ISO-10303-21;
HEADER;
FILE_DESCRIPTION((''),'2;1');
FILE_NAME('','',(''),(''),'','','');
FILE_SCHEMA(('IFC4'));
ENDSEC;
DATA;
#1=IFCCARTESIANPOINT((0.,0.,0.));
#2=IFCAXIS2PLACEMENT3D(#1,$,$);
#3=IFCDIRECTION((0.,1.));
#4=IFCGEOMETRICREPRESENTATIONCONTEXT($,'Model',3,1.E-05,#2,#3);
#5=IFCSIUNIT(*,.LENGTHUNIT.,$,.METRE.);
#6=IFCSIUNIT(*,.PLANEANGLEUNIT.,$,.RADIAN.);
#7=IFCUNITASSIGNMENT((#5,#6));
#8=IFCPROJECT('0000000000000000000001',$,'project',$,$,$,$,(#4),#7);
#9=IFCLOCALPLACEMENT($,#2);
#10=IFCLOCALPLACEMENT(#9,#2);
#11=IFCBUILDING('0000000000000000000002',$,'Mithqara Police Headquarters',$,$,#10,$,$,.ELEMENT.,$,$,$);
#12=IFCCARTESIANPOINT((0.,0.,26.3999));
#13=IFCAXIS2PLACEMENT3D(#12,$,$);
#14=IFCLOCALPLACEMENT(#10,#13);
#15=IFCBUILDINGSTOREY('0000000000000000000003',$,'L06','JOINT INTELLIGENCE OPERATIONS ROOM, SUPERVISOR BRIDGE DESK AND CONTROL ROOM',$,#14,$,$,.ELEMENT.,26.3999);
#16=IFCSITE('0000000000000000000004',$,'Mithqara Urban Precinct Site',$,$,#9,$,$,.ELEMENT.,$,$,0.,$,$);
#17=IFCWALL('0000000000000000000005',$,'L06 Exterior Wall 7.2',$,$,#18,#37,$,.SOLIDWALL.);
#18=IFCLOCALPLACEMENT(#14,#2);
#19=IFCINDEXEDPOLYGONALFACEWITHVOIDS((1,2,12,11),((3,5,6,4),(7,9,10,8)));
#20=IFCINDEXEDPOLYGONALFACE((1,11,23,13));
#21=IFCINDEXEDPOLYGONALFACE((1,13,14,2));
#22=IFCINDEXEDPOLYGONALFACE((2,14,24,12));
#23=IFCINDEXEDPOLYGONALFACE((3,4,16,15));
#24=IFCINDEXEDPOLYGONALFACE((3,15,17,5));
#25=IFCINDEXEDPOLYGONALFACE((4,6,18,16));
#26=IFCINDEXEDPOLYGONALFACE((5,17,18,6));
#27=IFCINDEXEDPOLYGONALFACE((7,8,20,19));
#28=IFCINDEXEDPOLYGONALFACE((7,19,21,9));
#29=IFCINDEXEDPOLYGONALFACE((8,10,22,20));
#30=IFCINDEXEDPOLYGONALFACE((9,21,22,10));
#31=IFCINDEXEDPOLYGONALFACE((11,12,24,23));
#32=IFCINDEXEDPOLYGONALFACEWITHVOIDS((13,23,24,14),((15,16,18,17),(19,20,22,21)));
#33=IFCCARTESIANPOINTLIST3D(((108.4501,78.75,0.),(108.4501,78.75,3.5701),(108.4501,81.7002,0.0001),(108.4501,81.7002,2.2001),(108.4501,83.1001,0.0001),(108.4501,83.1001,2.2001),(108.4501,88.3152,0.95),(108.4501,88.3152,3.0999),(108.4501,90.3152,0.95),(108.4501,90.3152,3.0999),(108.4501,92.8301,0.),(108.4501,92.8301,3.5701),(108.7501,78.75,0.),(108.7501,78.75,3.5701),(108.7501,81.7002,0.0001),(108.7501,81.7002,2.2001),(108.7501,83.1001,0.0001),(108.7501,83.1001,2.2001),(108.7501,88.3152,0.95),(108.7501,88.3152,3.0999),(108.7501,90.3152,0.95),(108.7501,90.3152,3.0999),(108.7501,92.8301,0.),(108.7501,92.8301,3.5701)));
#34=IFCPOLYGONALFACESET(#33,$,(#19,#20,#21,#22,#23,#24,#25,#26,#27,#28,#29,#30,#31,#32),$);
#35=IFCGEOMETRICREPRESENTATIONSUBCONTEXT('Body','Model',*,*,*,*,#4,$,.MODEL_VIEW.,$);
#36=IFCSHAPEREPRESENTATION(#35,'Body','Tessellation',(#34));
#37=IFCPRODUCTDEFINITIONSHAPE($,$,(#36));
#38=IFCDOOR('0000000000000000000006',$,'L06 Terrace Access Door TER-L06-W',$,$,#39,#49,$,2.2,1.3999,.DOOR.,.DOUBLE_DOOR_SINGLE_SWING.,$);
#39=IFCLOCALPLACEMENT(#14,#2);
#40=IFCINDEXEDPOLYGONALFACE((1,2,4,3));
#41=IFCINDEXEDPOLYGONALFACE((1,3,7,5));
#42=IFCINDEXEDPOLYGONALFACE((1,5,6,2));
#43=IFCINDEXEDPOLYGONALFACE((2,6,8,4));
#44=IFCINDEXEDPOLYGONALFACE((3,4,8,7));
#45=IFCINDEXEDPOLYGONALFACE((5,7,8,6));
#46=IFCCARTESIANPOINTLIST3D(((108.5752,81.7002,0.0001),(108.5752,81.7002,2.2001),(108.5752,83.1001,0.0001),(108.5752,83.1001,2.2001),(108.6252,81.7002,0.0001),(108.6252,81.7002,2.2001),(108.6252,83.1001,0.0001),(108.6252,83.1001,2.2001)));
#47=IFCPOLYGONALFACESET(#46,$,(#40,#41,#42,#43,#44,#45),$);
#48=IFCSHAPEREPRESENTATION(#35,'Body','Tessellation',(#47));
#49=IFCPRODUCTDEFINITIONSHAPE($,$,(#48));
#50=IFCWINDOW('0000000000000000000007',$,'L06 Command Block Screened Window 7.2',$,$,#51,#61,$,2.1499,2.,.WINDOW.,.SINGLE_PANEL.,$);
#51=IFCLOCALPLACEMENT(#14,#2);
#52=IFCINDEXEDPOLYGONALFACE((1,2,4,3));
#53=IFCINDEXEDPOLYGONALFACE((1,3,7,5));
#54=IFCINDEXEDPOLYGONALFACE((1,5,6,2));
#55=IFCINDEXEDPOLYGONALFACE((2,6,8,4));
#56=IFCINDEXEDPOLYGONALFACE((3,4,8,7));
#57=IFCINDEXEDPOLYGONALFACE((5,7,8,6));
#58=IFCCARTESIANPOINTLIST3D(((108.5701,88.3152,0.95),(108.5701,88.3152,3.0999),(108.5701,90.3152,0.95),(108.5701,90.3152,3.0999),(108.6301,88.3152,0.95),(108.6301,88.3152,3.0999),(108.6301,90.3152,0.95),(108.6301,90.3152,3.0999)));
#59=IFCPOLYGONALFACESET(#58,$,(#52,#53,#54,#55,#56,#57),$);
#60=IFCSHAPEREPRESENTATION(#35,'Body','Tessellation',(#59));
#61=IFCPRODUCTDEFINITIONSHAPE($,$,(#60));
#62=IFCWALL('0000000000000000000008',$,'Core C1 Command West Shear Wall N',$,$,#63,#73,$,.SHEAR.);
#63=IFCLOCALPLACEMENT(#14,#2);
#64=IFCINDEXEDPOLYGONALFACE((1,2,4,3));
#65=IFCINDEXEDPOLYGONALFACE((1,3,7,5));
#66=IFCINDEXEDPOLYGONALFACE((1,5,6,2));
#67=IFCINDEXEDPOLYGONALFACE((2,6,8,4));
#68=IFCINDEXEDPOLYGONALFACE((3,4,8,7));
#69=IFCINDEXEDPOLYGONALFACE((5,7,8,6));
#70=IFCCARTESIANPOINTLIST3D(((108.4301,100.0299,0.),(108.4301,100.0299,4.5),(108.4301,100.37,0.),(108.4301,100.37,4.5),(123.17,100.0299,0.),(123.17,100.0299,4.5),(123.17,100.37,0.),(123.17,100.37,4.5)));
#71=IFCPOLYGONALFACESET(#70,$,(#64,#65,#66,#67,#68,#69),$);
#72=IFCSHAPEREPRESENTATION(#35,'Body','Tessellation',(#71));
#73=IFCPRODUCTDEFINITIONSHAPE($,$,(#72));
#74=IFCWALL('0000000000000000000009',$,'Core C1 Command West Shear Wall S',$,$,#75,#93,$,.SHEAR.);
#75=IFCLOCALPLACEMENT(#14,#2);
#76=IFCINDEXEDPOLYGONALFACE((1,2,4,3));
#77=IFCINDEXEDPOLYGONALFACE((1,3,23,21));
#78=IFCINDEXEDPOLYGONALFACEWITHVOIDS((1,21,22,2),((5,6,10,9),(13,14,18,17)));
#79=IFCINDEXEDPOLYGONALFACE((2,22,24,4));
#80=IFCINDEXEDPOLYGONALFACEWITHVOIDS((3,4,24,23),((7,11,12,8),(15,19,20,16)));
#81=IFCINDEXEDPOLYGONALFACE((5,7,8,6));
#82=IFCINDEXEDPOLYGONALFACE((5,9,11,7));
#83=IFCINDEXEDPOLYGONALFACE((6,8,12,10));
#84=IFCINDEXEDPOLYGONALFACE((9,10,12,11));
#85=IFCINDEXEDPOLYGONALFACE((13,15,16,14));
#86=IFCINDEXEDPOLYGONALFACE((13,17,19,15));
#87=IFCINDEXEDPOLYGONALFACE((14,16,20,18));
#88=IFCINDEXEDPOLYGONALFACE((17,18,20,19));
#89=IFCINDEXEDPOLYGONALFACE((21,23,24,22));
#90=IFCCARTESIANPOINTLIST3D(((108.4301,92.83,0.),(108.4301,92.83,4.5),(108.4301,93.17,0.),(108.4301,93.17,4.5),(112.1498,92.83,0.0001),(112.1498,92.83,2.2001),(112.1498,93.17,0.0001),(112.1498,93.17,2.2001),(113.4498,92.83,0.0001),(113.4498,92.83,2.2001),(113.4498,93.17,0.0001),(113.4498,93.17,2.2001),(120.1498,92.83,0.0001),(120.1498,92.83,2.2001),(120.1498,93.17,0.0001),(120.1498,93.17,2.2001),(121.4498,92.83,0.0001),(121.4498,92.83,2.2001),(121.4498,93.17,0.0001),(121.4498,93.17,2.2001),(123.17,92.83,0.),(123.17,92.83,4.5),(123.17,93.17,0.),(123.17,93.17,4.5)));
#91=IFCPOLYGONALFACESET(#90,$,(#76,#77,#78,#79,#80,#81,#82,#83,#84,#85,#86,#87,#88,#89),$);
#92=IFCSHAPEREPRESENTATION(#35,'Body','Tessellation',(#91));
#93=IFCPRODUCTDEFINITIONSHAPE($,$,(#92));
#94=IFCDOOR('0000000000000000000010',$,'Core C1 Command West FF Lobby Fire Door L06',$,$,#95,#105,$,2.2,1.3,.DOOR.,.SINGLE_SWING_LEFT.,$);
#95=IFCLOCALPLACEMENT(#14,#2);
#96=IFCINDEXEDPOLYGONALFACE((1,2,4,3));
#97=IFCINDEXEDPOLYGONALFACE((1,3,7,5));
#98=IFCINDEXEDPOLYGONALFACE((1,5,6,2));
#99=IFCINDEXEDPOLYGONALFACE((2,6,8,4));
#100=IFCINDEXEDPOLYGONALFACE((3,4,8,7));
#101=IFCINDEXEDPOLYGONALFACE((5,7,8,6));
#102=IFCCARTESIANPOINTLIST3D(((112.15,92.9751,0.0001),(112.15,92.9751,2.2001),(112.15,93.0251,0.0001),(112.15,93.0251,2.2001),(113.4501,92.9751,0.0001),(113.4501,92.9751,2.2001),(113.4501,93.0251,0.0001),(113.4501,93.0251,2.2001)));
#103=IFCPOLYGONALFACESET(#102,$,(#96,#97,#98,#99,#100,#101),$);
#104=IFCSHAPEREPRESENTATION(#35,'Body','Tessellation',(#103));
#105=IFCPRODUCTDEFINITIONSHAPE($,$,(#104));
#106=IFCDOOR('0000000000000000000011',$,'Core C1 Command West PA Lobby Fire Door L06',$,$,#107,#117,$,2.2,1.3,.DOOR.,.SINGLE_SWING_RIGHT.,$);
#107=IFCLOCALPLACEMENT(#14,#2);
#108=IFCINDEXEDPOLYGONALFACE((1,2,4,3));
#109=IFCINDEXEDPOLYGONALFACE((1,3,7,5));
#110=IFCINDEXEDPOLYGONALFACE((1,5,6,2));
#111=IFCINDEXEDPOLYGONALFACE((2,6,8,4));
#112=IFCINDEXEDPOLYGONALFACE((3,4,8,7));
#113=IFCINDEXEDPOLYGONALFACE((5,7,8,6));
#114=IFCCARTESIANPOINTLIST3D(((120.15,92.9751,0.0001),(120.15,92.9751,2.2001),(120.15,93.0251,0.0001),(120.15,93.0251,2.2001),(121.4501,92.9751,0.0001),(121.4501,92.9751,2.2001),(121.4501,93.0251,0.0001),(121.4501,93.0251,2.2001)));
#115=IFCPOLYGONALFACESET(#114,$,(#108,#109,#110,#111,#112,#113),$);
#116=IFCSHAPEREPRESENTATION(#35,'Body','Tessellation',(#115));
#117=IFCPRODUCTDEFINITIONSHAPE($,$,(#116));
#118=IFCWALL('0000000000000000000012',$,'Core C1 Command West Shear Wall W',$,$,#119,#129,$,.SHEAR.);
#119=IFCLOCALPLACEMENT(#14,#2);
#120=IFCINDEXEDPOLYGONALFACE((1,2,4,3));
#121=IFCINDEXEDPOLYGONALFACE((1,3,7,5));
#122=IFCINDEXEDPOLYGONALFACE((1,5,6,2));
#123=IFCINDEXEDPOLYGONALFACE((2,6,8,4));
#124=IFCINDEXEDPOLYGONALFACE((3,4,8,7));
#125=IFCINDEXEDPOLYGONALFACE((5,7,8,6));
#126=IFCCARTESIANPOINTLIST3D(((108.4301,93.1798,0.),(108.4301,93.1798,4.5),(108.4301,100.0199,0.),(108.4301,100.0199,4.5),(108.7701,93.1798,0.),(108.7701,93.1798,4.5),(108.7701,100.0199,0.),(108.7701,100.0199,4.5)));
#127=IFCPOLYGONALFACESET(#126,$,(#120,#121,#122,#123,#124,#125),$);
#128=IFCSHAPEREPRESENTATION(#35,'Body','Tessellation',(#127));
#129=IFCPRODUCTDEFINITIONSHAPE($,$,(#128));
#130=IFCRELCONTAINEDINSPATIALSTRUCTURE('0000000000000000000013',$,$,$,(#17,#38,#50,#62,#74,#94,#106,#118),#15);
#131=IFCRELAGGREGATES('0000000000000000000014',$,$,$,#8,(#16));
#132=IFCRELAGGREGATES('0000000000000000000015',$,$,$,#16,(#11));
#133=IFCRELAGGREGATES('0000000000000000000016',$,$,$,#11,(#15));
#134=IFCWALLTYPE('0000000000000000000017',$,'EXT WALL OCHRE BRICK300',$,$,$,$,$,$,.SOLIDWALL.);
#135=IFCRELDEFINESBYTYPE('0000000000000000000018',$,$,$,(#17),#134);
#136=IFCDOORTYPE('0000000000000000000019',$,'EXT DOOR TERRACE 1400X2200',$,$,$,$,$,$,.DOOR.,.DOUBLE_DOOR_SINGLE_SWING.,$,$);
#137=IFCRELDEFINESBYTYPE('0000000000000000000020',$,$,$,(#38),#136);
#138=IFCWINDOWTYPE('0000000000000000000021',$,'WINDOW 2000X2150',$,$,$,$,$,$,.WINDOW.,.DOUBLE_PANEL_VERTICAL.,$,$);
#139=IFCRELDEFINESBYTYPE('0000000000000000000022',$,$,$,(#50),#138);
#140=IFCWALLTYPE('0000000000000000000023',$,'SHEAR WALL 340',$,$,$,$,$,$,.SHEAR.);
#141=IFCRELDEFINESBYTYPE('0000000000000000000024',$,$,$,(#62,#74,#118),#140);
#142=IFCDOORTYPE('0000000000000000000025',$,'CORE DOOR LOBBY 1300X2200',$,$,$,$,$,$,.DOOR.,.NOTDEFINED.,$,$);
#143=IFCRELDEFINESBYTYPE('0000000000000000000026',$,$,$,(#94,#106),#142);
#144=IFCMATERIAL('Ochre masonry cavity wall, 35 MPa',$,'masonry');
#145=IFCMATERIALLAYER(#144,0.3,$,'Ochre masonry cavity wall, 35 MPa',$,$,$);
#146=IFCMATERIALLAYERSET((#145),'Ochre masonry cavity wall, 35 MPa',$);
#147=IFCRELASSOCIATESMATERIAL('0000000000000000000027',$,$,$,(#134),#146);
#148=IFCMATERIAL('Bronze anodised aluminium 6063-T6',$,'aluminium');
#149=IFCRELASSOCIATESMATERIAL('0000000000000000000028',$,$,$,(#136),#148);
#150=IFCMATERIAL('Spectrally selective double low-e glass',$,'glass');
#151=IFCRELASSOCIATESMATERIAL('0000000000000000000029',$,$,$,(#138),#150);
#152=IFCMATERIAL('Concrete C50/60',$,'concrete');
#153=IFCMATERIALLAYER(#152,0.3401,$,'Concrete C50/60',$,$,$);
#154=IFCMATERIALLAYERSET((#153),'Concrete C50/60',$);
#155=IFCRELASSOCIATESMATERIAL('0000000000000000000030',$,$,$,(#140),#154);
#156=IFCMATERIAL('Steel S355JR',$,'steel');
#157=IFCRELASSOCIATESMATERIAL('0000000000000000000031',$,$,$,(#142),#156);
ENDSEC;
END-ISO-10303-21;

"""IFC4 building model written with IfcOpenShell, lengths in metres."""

from ifc_helpers import new_model, si_unit, direction, frame, frame_2d, origin, place, context, subcontext, project, spatial, rectangle, extrude, material, layer, layer_set, type_object, element, fill, save


model = new_model("IFC4")

# Units and contexts
model_context = context("Model", 3, precision=1e-05, world=origin(), true_north=direction((0.0, 1.0)))
body_context = subcontext(model_context, "Body", "Model", "MODEL_VIEW")
ifc_project = project(units=[si_unit("LENGTHUNIT", "METRE"), si_unit("PLANEANGLEUNIT", "RADIAN")], contexts=[model_context])

# Site, building, storey
site_placement = place(None, origin())
site = spatial("IfcSite", under=ifc_project, at=site_placement, Name="Mithqara Urban Precinct Site", CompositionType="ELEMENT", RefElevation=0.0)
building_placement = place(site_placement, origin())
building = spatial("IfcBuilding", under=site, at=building_placement, Name="Mithqara Police Headquarters", CompositionType="ELEMENT")
storey_placement = place(building_placement, frame((0.0, 0.0, 26.3999)))
storey = spatial("IfcBuildingStorey", under=building, at=storey_placement, Name="L06", Description="JOINT INTELLIGENCE OPERATIONS ROOM, SUPERVISOR BRIDGE DESK AND CONTROL ROOM", CompositionType="ELEMENT", Elevation=26.3999)

# Shared definitions
ifc_material_1 = material(Name="Steel S355JR", Category="steel")

# Wall, openings, door, window
ifc_material_2 = material(Name="Ochre masonry cavity wall, 35 MPa", Category="masonry")
ifc_layer_1 = layer(ifc_material_2, 0.3, Name="Ochre masonry cavity wall, 35 MPa")
ifc_layer_set_1 = layer_set([ifc_layer_1], Name="Ochre masonry cavity wall, 35 MPa")
wall_type_1 = type_object("IfcWallType", Name="EXT WALL OCHRE BRICK300", PredefinedType="SOLIDWALL", material=ifc_layer_set_1)
wall_1_placement = place(storey_placement, frame((108.6001, 92.8301, 0.0), z_axis=(0.0, 0.0, 1.0), x_axis=(0.0, -1.0, 0.0)))
wall_1 = element("IfcWall", 1, at=wall_1_placement, inside=storey, type_object=wall_type_1, Name="L06 Exterior Wall 7.2", PredefinedType="SOLIDWALL", context=body_context, shape_type="SweptSolid", body=[
    extrude(rectangle(XDim=14.0801, YDim=0.3, at=frame_2d((7.04, 0.0))), origin(), (0.0, 0.0, 1.0), 3.5701),
])
opening_1_placement = place(wall_1_placement, frame((9.73, 0.0, 0.0)))
opening_1 = element("IfcOpeningElement", 2, at=opening_1_placement, cuts=wall_1, PredefinedType="OPENING", context=body_context, shape_type="SweptSolid", body=[
    extrude(rectangle(XDim=1.3999, YDim=2.2, at=frame_2d((0.7, 1.1001))), frame((0.0, 0.1602, 0.0), z_axis=(0.0, -1.0, 0.0), x_axis=(1.0, 0.0, 0.0)), (0.0, 0.0, 1.0), 0.3201),
])
opening_2_placement = place(wall_1_placement, frame((2.5149, 0.0, 0.95)))
opening_2 = element("IfcOpeningElement", 3, at=opening_2_placement, cuts=wall_1, PredefinedType="OPENING", context=body_context, shape_type="SweptSolid", body=[
    extrude(rectangle(XDim=2.0, YDim=2.1499, at=frame_2d((1.0, 1.075))), frame((0.0, 0.1602, 0.0), z_axis=(0.0, -1.0, 0.0), x_axis=(1.0, 0.0, 0.0)), (0.0, 0.0, 1.0), 0.3201),
])
ifc_material_3 = material(Name="Bronze anodised aluminium 6063-T6", Category="aluminium")
door_type_1 = type_object("IfcDoorType", Name="EXT DOOR TERRACE 1400X2200", OperationType="DOUBLE_DOOR_SINGLE_SWING", PredefinedType="DOOR", material=ifc_material_3)
door_1_placement = place(opening_1_placement, frame((1.3999, 0.0, 0.0), z_axis=(0.0, 0.0, 1.0), x_axis=(-1.0, 0.0, 0.0)))
door_1 = element("IfcDoor", 4, at=door_1_placement, inside=storey, type_object=door_type_1, Name="L06 Terrace Access Door TER-L06-W", OperationType="DOUBLE_DOOR_SINGLE_SWING", OverallHeight=2.2, OverallWidth=1.3999, PredefinedType="DOOR", context=body_context, shape_type="SweptSolid", body=[
    extrude(rectangle(XDim=1.3999, YDim=2.2, at=frame_2d((0.7, 1.1001))), frame((0.0, 0.0249, 0.0), z_axis=(0.0, -1.0, 0.0), x_axis=(1.0, 0.0, 0.0)), (0.0, 0.0, 1.0), 0.05),
])
fill(opening_1, door_1)
ifc_material_4 = material(Name="Spectrally selective double low-e glass", Category="glass")
window_type = type_object("IfcWindowType", Name="WINDOW 2000X2150", PartitioningType="DOUBLE_PANEL_VERTICAL", PredefinedType="WINDOW", material=ifc_material_4)
window_placement = place(opening_2_placement, origin())
window = element("IfcWindow", 5, at=window_placement, inside=storey, type_object=window_type, Name="L06 Command Block Screened Window 7.2", OverallHeight=2.1499, OverallWidth=2.0, PartitioningType="SINGLE_PANEL", PredefinedType="WINDOW", context=body_context, shape_type="SweptSolid", body=[
    extrude(rectangle(XDim=2.0, YDim=2.1499, at=frame_2d((1.0, 1.075))), frame((0.0, 0.03, 0.0), z_axis=(0.0, -1.0, 0.0), x_axis=(1.0, 0.0, 0.0)), (0.0, 0.0, 1.0), 0.0601),
])
fill(opening_2, window)

# Wall
ifc_material_5 = material(Name="Concrete C50/60", Category="concrete")
ifc_layer_2 = layer(ifc_material_5, 0.3401, Name="Concrete C50/60")
ifc_layer_set_2 = layer_set([ifc_layer_2], Name="Concrete C50/60")
wall_type_2 = type_object("IfcWallType", Name="SHEAR WALL 340", PredefinedType="SHEAR", material=ifc_layer_set_2)
wall_2_placement = place(storey_placement, frame((108.4299, 100.2, 0.0), z_axis=(0.0, 0.0, 1.0), x_axis=(1.0, 0.0, 0.0)))
element("IfcWall", 6, at=wall_2_placement, inside=storey, type_object=wall_type_2, Name="Core C1 Command West Shear Wall N", PredefinedType="SHEAR", context=body_context, shape_type="SweptSolid", body=[
    extrude(rectangle(XDim=14.74, YDim=0.3401, at=frame_2d((7.3701, 0.0))), origin(), (0.0, 0.0, 1.0), 4.5),
])

# Wall, openings, doors
wall_3_placement = place(storey_placement, frame((108.4299, 93.0, 0.0), z_axis=(0.0, 0.0, 1.0), x_axis=(1.0, 0.0, 0.0)))
wall_3 = element("IfcWall", 7, at=wall_3_placement, inside=storey, type_object=wall_type_2, Name="Core C1 Command West Shear Wall S", PredefinedType="SHEAR", context=body_context, shape_type="SweptSolid", body=[
    extrude(rectangle(XDim=14.74, YDim=0.3401, at=frame_2d((7.3701, 0.0))), origin(), (0.0, 0.0, 1.0), 4.5),
])
opening_3_placement = place(wall_3_placement, frame((3.72, 0.0, 0.0)))
opening_3 = element("IfcOpeningElement", 8, at=opening_3_placement, cuts=wall_3, PredefinedType="OPENING", context=body_context, shape_type="SweptSolid", body=[
    extrude(rectangle(XDim=1.3, YDim=2.2, at=frame_2d((0.6499, 1.1001))), frame((0.0, 0.1802, 0.0), z_axis=(0.0, -1.0, 0.0), x_axis=(1.0, 0.0, 0.0)), (0.0, 0.0, 1.0), 0.3601),
])
opening_4_placement = place(wall_3_placement, frame((11.72, 0.0, 0.0)))
opening_4 = element("IfcOpeningElement", 9, at=opening_4_placement, cuts=wall_3, PredefinedType="OPENING", context=body_context, shape_type="SweptSolid", body=[
    extrude(rectangle(XDim=1.3, YDim=2.2, at=frame_2d((0.6499, 1.1001))), frame((0.0, 0.1802, 0.0), z_axis=(0.0, -1.0, 0.0), x_axis=(1.0, 0.0, 0.0)), (0.0, 0.0, 1.0), 0.3601),
])
door_type_2 = type_object("IfcDoorType", Name="CORE DOOR LOBBY 1300X2200", OperationType="NOTDEFINED", PredefinedType="DOOR", material=ifc_material_1)
door_2_placement = place(opening_3_placement, frame((1.3, 0.0, 0.0), z_axis=(0.0, 0.0, 1.0), x_axis=(-1.0, 0.0, 0.0)))
door_2 = element("IfcDoor", 10, at=door_2_placement, inside=storey, type_object=door_type_2, Name="Core C1 Command West FF Lobby Fire Door L06", OperationType="SINGLE_SWING_LEFT", OverallHeight=2.2, OverallWidth=1.3, PredefinedType="DOOR", context=body_context, shape_type="SweptSolid", body=[
    extrude(rectangle(XDim=1.3, YDim=2.2, at=frame_2d((0.6499, 1.1001))), frame((0.0, 0.0249, 0.0), z_axis=(0.0, -1.0, 0.0), x_axis=(1.0, 0.0, 0.0)), (0.0, 0.0, 1.0), 0.05),
])
fill(opening_3, door_2)
door_3_placement = place(opening_4_placement, frame((1.3, 0.0, 0.0), z_axis=(0.0, 0.0, 1.0), x_axis=(-1.0, 0.0, 0.0)))
door_3 = element("IfcDoor", 11, at=door_3_placement, inside=storey, type_object=door_type_2, Name="Core C1 Command West PA Lobby Fire Door L06", OperationType="SINGLE_SWING_RIGHT", OverallHeight=2.2, OverallWidth=1.3, PredefinedType="DOOR", context=body_context, shape_type="SweptSolid", body=[
    extrude(rectangle(XDim=1.3, YDim=2.2, at=frame_2d((0.6499, 1.1001))), frame((0.0, 0.0249, 0.0), z_axis=(0.0, -1.0, 0.0), x_axis=(1.0, 0.0, 0.0)), (0.0, 0.0, 1.0), 0.05),
])
fill(opening_4, door_3)

# Wall
wall_4_placement = place(storey_placement, frame((108.6001, 93.1799, 0.0), z_axis=(0.0, 0.0, 1.0), x_axis=(0.0, 1.0, 0.0)))
element("IfcWall", 12, at=wall_4_placement, inside=storey, type_object=wall_type_2, Name="Core C1 Command West Shear Wall W", PredefinedType="SHEAR", context=body_context, shape_type="SweptSolid", body=[
    extrude(rectangle(XDim=6.8401, YDim=0.3401, at=frame_2d((3.4199, 0.0))), origin(), (0.0, 0.0, 1.0), 4.5),
])

save(model, "model.ifc")
